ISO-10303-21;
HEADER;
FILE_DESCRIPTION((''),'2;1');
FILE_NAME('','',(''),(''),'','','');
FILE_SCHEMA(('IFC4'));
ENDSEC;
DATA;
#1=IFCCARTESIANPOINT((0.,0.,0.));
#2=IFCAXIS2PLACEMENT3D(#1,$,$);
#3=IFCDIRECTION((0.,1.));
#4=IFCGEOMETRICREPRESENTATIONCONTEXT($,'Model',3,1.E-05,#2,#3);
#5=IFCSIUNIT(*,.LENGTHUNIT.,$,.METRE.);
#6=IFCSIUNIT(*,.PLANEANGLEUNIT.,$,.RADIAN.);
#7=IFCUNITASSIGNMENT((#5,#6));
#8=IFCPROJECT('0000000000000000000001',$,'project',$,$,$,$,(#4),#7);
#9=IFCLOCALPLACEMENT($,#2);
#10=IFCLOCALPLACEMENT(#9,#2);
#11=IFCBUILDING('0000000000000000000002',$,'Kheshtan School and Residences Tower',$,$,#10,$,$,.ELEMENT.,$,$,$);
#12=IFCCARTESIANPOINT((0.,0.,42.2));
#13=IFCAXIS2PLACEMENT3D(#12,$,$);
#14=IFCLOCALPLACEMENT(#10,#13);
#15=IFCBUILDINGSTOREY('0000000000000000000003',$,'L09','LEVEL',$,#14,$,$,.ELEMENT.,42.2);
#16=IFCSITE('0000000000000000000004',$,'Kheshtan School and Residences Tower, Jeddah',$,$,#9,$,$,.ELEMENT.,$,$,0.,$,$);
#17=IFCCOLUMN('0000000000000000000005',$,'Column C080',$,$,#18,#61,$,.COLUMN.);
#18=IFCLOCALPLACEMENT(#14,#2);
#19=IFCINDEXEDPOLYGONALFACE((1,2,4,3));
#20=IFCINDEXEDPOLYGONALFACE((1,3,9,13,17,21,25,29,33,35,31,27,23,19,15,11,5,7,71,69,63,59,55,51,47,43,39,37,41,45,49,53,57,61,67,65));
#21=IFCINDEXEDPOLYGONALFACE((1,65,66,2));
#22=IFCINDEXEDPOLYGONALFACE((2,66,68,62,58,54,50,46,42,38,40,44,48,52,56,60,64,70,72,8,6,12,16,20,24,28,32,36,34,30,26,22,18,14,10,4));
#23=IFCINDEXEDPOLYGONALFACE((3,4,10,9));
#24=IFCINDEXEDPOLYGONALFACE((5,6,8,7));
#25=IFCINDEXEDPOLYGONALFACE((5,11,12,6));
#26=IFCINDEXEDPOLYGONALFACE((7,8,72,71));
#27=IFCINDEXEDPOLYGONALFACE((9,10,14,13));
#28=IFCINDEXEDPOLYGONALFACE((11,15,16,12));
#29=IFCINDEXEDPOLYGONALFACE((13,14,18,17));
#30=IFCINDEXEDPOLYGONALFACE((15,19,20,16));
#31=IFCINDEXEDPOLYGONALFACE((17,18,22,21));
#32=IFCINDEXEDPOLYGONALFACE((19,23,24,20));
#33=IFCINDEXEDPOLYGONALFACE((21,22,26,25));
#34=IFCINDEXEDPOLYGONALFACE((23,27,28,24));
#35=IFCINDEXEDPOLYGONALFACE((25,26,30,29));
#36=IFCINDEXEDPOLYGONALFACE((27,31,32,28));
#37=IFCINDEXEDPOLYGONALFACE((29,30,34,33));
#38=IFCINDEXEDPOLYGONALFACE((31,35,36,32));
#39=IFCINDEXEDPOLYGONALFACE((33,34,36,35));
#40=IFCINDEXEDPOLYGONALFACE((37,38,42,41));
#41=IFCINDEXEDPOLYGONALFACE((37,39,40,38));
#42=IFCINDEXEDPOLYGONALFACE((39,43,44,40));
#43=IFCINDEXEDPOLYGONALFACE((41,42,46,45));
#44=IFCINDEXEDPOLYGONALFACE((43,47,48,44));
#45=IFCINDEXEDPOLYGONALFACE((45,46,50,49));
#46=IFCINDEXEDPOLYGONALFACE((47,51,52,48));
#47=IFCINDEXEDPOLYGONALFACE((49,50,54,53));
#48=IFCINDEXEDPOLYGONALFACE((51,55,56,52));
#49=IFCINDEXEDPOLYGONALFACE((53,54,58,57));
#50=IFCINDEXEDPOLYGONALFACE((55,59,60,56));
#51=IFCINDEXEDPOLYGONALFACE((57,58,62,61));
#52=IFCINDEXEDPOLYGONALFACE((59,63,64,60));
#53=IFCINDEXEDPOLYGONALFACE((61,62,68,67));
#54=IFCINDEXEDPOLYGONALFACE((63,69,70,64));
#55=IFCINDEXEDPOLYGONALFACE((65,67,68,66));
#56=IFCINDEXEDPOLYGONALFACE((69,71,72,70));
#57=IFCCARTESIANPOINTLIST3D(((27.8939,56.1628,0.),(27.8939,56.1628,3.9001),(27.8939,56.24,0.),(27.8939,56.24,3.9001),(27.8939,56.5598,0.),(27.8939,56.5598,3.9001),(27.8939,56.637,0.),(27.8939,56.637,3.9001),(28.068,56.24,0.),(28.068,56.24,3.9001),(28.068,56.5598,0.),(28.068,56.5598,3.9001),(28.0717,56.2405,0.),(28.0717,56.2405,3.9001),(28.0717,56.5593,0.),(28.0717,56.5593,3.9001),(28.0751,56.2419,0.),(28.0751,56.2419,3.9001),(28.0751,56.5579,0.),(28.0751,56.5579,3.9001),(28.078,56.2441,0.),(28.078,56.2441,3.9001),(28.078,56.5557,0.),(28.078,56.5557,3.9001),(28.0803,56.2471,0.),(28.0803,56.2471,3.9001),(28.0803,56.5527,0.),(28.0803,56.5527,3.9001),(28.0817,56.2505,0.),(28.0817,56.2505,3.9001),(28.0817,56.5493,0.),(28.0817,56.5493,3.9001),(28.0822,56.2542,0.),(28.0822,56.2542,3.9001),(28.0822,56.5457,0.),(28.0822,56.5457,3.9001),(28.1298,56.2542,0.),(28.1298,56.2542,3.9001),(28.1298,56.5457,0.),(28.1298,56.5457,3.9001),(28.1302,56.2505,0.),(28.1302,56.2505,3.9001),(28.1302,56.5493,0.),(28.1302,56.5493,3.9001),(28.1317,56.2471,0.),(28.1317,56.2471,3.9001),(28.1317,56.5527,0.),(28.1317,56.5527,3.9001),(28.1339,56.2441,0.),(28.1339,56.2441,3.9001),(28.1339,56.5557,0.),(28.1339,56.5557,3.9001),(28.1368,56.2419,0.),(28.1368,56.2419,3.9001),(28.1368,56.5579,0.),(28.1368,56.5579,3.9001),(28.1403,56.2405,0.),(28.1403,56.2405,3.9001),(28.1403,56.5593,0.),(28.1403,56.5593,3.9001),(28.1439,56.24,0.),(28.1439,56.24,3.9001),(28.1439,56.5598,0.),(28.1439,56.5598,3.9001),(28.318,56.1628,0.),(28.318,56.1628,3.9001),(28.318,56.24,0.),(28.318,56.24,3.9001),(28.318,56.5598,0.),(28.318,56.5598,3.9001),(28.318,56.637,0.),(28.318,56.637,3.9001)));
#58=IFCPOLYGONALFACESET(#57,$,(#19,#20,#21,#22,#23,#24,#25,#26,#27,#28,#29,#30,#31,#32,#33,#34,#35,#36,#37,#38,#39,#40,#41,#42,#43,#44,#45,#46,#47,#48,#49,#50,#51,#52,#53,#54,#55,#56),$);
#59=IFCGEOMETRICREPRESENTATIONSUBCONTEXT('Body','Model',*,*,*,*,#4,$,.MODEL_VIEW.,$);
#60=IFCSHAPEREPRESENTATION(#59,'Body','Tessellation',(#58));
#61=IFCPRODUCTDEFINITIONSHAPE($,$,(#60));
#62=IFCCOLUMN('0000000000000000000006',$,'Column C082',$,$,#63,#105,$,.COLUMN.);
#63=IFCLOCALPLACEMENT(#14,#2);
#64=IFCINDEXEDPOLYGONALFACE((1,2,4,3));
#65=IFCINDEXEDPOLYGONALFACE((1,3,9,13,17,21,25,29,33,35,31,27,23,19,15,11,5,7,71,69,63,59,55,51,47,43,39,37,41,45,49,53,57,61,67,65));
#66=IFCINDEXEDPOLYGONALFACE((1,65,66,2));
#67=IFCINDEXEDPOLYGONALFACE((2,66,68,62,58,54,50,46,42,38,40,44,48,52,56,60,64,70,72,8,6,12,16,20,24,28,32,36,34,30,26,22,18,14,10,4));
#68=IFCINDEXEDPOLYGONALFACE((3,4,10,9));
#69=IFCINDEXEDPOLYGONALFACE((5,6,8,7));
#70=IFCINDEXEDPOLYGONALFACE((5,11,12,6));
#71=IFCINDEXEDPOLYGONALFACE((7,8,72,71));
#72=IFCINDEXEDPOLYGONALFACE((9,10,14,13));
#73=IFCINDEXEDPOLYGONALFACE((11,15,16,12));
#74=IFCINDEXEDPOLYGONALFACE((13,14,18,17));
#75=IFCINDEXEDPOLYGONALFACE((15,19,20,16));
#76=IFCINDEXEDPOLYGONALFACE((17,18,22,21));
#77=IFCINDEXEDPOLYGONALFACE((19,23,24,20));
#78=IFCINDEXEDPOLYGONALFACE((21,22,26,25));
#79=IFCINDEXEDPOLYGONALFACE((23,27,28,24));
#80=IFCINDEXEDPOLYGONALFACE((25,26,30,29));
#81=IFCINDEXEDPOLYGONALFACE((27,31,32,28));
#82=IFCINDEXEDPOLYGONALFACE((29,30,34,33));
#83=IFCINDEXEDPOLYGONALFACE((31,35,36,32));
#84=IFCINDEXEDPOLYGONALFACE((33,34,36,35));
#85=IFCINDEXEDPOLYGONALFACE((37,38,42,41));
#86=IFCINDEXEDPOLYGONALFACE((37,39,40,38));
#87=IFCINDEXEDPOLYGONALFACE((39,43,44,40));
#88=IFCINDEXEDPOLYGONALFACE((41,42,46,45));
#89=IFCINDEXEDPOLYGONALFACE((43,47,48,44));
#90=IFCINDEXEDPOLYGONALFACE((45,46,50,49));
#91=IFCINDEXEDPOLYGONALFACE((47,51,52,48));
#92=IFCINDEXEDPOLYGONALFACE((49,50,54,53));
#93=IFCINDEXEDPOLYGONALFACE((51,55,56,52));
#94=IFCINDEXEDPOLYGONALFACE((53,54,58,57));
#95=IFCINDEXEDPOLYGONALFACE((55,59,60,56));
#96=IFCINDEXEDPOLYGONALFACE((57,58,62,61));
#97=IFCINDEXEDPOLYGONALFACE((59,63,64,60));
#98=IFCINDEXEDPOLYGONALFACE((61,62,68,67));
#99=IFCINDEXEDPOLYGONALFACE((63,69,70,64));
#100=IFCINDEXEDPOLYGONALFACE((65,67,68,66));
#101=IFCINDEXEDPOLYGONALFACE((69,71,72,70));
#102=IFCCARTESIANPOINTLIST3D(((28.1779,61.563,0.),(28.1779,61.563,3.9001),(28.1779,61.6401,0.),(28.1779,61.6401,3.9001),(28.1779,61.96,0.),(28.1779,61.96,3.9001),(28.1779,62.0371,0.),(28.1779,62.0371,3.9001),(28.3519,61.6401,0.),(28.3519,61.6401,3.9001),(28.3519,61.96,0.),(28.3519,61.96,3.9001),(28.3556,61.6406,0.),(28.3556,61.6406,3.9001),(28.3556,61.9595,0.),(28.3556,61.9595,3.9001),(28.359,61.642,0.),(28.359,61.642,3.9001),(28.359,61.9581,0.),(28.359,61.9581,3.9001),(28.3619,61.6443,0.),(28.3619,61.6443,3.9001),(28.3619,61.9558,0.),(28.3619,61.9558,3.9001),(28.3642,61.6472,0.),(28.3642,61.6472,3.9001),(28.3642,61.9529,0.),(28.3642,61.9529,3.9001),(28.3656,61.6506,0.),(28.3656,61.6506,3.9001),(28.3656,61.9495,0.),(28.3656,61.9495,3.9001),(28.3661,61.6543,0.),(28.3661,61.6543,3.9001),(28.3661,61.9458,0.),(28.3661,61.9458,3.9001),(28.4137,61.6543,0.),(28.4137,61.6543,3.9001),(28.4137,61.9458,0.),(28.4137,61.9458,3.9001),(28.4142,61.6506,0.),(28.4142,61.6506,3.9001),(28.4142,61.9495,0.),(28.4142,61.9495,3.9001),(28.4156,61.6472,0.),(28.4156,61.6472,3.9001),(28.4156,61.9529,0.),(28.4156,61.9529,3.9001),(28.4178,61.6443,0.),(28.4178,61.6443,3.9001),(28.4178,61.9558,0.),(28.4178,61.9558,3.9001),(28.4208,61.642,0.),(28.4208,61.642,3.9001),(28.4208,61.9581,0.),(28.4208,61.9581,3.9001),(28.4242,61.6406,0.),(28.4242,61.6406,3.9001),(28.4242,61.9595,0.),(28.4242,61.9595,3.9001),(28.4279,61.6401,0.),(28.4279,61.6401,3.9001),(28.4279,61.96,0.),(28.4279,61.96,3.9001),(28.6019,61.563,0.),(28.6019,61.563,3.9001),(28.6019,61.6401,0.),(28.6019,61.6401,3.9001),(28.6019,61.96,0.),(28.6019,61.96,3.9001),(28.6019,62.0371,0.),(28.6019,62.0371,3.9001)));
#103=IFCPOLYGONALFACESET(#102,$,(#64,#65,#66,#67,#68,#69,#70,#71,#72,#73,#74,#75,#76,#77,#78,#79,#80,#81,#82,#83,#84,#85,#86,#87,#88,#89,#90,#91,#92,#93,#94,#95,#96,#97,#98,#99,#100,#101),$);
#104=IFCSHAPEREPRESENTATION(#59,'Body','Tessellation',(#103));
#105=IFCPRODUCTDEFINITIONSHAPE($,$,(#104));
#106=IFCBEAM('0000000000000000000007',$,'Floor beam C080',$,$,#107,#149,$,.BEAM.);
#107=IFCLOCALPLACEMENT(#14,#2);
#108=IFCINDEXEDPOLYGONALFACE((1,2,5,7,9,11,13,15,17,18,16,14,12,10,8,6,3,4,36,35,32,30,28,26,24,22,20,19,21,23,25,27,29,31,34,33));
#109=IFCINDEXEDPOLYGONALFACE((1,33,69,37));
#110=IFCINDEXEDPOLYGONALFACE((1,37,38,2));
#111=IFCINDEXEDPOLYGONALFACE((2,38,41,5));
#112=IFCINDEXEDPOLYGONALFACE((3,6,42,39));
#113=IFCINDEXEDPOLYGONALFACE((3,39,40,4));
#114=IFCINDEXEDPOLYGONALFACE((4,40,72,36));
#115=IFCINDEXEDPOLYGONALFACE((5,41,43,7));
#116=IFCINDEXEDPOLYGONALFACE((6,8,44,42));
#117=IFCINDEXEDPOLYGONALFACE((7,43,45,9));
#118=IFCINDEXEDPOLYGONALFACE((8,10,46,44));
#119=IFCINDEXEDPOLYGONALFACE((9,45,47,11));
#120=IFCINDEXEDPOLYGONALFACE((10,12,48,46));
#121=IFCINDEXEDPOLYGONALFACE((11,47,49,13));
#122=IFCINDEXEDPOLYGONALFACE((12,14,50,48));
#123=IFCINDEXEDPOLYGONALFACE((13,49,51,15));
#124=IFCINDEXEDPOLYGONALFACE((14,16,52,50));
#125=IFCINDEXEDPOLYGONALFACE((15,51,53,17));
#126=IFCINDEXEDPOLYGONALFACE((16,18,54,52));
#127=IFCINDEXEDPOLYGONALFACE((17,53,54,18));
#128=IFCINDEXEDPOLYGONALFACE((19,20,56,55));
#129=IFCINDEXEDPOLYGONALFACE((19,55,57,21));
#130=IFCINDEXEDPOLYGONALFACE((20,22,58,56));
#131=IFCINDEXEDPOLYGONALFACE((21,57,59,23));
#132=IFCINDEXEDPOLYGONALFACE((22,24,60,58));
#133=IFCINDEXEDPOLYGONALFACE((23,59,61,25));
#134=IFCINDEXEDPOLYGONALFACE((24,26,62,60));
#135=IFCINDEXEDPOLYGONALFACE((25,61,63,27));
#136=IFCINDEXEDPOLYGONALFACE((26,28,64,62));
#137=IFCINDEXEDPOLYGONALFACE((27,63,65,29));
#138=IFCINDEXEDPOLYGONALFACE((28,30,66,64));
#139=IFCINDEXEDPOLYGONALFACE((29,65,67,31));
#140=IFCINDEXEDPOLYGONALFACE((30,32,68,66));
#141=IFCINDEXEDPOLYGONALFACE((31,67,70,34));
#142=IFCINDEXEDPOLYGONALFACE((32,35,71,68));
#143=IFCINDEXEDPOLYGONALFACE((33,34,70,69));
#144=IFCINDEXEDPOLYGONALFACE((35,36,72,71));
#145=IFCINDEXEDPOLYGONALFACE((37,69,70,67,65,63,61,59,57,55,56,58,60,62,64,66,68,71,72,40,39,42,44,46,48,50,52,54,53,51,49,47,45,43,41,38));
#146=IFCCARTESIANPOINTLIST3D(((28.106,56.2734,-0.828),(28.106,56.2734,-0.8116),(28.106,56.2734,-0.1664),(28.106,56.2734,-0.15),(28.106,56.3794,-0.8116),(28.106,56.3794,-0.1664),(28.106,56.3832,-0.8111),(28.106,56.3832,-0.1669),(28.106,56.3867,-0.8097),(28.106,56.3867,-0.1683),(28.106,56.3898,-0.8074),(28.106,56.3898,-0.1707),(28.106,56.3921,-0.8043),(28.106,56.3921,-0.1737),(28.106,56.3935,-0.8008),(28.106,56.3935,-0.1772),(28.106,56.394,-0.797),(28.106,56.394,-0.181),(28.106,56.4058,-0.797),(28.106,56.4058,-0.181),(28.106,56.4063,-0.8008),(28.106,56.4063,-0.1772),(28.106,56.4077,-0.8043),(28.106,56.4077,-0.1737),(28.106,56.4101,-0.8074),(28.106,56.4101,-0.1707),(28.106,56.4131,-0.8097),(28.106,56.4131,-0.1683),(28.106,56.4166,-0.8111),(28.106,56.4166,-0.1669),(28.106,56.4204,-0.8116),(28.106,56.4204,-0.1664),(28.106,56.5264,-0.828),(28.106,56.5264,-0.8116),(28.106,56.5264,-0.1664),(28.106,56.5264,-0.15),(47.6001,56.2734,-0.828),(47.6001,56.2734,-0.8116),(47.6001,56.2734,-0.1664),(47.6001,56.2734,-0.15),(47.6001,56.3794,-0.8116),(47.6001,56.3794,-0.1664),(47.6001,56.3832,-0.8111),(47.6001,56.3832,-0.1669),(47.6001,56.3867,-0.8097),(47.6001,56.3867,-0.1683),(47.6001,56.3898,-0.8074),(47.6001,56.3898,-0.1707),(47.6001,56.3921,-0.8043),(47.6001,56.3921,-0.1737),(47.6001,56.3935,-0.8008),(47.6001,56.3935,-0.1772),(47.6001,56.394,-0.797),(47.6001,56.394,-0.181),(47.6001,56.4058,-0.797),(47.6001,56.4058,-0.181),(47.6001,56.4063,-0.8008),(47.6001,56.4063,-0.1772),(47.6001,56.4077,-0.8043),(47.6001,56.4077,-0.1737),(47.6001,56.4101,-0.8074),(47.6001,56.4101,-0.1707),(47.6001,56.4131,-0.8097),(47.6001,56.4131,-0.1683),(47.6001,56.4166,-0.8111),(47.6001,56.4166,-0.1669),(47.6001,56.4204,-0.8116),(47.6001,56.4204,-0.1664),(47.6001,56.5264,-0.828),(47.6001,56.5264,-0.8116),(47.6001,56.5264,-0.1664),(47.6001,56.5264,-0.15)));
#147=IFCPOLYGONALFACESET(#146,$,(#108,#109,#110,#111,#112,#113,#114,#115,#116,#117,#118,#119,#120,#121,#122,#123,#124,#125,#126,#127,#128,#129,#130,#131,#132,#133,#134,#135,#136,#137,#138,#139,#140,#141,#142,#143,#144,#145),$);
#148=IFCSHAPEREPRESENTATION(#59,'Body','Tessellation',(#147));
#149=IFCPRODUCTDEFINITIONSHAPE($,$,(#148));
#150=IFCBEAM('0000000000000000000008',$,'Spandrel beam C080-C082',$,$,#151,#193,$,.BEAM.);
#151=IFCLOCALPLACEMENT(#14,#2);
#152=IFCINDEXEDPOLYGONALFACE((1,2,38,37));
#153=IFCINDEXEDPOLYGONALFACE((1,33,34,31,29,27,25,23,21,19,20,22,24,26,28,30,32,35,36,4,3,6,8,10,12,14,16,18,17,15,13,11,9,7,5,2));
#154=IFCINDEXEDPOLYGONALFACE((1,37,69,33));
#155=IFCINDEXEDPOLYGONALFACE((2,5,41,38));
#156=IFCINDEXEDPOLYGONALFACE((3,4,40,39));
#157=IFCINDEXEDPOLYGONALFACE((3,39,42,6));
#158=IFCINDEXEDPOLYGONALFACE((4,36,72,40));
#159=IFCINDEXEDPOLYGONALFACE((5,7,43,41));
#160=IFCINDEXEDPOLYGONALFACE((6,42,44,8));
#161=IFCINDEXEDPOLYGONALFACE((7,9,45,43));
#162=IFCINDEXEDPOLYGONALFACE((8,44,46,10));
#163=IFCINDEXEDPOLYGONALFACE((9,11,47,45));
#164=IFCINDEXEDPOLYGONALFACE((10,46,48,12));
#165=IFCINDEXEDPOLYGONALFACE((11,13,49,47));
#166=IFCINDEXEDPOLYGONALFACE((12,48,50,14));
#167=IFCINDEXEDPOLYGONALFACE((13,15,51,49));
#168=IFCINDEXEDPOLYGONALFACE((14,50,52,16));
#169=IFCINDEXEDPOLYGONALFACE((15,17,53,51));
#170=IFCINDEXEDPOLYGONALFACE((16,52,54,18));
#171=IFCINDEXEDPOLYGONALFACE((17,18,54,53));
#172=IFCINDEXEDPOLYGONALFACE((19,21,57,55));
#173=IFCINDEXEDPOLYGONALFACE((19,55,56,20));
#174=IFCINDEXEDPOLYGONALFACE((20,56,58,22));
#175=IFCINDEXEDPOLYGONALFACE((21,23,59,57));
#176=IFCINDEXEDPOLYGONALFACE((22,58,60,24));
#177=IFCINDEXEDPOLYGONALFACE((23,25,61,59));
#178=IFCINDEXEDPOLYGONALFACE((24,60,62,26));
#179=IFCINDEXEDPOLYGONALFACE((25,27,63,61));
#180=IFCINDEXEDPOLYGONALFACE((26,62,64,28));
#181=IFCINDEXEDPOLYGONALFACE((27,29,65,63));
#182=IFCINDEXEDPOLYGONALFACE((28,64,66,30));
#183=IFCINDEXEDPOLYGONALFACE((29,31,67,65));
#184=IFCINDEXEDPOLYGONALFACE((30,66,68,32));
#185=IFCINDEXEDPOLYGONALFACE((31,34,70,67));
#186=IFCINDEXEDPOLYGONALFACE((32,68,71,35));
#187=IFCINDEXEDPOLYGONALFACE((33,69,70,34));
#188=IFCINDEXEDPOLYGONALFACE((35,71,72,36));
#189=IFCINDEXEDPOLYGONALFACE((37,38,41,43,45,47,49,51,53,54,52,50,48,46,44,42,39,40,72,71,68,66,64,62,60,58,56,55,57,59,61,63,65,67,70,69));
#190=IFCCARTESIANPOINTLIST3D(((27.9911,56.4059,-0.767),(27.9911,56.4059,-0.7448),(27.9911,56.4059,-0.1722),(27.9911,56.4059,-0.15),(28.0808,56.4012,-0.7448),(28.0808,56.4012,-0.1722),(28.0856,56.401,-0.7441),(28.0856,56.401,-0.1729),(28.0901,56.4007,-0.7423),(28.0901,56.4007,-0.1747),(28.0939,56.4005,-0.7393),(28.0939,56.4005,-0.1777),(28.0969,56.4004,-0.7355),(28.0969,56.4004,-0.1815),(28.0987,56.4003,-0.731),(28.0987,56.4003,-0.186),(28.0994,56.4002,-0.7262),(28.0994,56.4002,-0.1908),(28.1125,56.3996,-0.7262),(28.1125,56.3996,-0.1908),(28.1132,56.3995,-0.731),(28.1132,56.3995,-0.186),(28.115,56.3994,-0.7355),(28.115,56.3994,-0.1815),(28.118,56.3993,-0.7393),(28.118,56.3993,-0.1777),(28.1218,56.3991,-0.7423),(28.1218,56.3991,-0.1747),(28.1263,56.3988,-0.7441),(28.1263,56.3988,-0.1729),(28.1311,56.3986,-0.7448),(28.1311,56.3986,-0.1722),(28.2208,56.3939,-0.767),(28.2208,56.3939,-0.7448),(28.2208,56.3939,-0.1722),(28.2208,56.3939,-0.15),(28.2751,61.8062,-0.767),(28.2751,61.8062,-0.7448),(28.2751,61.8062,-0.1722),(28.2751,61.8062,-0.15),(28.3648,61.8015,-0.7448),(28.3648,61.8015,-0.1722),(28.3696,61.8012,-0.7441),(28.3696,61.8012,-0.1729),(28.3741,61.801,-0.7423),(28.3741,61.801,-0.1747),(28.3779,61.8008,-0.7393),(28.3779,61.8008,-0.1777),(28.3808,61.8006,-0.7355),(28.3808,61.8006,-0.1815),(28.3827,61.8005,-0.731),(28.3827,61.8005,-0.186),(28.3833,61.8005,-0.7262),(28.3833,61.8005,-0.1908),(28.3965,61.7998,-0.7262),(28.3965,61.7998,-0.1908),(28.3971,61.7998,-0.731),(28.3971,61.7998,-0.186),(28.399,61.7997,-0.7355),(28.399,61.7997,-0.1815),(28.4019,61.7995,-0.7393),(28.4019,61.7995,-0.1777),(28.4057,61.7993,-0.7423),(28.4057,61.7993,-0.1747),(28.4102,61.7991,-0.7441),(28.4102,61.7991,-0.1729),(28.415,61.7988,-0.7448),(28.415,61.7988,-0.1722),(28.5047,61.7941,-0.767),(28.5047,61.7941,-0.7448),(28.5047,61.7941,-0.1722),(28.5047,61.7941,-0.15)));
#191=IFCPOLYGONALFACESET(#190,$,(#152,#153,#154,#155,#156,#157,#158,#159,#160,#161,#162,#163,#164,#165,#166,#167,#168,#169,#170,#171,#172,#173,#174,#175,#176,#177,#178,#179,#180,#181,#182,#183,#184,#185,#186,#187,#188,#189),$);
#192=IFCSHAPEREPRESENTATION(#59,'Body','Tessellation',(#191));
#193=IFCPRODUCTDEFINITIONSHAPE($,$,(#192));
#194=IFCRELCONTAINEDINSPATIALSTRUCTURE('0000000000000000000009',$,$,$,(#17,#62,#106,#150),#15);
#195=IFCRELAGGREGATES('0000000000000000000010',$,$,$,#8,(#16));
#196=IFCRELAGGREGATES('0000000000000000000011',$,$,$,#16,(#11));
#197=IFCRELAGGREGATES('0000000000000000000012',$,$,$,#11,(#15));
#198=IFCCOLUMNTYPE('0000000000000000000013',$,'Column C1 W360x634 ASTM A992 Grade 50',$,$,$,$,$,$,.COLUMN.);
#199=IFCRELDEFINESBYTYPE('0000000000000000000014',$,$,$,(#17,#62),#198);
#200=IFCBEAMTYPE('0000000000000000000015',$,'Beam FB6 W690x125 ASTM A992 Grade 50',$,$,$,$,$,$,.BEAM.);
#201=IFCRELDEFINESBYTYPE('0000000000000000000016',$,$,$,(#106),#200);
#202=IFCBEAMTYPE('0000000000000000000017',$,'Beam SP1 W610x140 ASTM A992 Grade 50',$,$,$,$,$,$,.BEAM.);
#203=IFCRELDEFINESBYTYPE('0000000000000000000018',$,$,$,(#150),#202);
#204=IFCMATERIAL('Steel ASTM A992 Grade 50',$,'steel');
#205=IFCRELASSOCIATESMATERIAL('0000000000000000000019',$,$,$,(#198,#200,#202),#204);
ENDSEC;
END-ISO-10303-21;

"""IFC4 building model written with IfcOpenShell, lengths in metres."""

from ifc_helpers import new_model, si_unit, direction, frame, origin, origin_2d, place, context, subcontext, project, spatial, i_section, extrude, material, material_profile, profile_set, type_object, element, save


model = new_model("IFC4")

# Units and contexts
model_context = context("Model", 3, precision=1e-05, world=origin(), true_north=direction((0.0, 1.0)))
body_context = subcontext(model_context, "Body", "Model", "MODEL_VIEW")
ifc_project = project(units=[si_unit("LENGTHUNIT", "METRE"), si_unit("PLANEANGLEUNIT", "RADIAN")], contexts=[model_context])

# Site, building, storey
site_placement = place(None, origin())
site = spatial("IfcSite", under=ifc_project, at=site_placement, Name="Kheshtan School and Residences Tower, Jeddah", CompositionType="ELEMENT", RefElevation=0.0)
building_placement = place(site_placement, origin())
building = spatial("IfcBuilding", under=site, at=building_placement, Name="Kheshtan School and Residences Tower", CompositionType="ELEMENT")
storey_placement = place(building_placement, frame((0.0, 0.0, 42.2)))
storey = spatial("IfcBuildingStorey", under=building, at=storey_placement, Name="L09", Description="LEVEL", CompositionType="ELEMENT", Elevation=42.2)

# Columns
ifc_material_1 = material(Name="Steel ASTM A992 Grade 50", Category="steel")
ifc_material_profile_1 = material_profile(ifc_material_1, i_section(OverallWidth=0.4241, OverallDepth=0.4741, WebThickness=0.0476, FlangeThickness=0.0771, FilletRadius=0.0142, at=origin_2d()), Name="W360x634")
ifc_profile_set_1 = profile_set([ifc_material_profile_1], Name="Steel ASTM A992 Grade 50")
column_type = type_object("IfcColumnType", Name="Column C1 W360x634 ASTM A992 Grade 50", PredefinedType="COLUMN", material=ifc_profile_set_1)
for number, where, z_axis, x_axis, name in (
    (1, (28.106, 56.3999, 0.0), (0.0, 0.0, 1.0), (1.0, 0.0, 0.0), "Column C080"),
    (2, (28.3899, 61.8, 0.0), (0.0, 0.0, 1.0), (1.0, 0.0, 0.0), "Column C082"),
):
    element("IfcColumn", number, at=place(storey_placement, frame(where, z_axis=z_axis, x_axis=x_axis)), inside=storey, type_object=column_type, Name=name, PredefinedType="COLUMN", context=body_context, shape_type="SweptSolid", body=[
        extrude(i_section(OverallWidth=0.4241, OverallDepth=0.4741, WebThickness=0.0476, FlangeThickness=0.0771, FilletRadius=0.0142, at=origin_2d()), origin(), (0.0, 0.0, 1.0), 3.9001),
    ])

# Beams
ifc_material_profile_2 = material_profile(ifc_material_1, i_section(OverallWidth=0.2529, OverallDepth=0.678, WebThickness=0.0117, FlangeThickness=0.0164, FilletRadius=0.0146, at=origin_2d()), Name="W690x125")
ifc_profile_set_2 = profile_set([ifc_material_profile_2], Name="Steel ASTM A992 Grade 50")
beam_type_1 = type_object("IfcBeamType", Name="Beam FB6 W690x125 ASTM A992 Grade 50", PredefinedType="BEAM", material=ifc_profile_set_2)
beam_1_placement = place(storey_placement, frame((28.106, 56.3999, -0.489), z_axis=(1.0, 0.0, 0.0), x_axis=(0.0, 1.0, 0.0)))
element("IfcBeam", 3, at=beam_1_placement, inside=storey, type_object=beam_type_1, Name="Floor beam C080", PredefinedType="BEAM", context=body_context, shape_type="SweptSolid", body=[
    extrude(i_section(OverallWidth=0.2529, OverallDepth=0.678, WebThickness=0.0117, FlangeThickness=0.0164, FilletRadius=0.0146, at=origin_2d()), origin(), (0.0, 0.0, 1.0), 19.4941),
])
ifc_material_profile_3 = material_profile(ifc_material_1, i_section(OverallWidth=0.23, OverallDepth=0.6169, WebThickness=0.0132, FlangeThickness=0.0222, FilletRadius=0.0186, at=origin_2d()), Name="W610x140")
ifc_profile_set_3 = profile_set([ifc_material_profile_3], Name="Steel ASTM A992 Grade 50")
beam_type_2 = type_object("IfcBeamType", Name="Beam SP1 W610x140 ASTM A992 Grade 50", PredefinedType="BEAM", material=ifc_profile_set_3)
beam_2_placement = place(storey_placement, frame((28.106, 56.3999, -0.4585), z_axis=(0.052507, 0.998621, 0.0), x_axis=(-0.998621, 0.052507, 0.0)))
element("IfcBeam", 4, at=beam_2_placement, inside=storey, type_object=beam_type_2, Name="Spandrel beam C080-C082", PredefinedType="BEAM", context=body_context, shape_type="SweptSolid", body=[
    extrude(i_section(OverallWidth=0.23, OverallDepth=0.6169, WebThickness=0.0132, FlangeThickness=0.0222, FilletRadius=0.0186, at=origin_2d()), origin(), (0.0, 0.0, 1.0), 5.4077),
])

save(model, "model.ifc")
